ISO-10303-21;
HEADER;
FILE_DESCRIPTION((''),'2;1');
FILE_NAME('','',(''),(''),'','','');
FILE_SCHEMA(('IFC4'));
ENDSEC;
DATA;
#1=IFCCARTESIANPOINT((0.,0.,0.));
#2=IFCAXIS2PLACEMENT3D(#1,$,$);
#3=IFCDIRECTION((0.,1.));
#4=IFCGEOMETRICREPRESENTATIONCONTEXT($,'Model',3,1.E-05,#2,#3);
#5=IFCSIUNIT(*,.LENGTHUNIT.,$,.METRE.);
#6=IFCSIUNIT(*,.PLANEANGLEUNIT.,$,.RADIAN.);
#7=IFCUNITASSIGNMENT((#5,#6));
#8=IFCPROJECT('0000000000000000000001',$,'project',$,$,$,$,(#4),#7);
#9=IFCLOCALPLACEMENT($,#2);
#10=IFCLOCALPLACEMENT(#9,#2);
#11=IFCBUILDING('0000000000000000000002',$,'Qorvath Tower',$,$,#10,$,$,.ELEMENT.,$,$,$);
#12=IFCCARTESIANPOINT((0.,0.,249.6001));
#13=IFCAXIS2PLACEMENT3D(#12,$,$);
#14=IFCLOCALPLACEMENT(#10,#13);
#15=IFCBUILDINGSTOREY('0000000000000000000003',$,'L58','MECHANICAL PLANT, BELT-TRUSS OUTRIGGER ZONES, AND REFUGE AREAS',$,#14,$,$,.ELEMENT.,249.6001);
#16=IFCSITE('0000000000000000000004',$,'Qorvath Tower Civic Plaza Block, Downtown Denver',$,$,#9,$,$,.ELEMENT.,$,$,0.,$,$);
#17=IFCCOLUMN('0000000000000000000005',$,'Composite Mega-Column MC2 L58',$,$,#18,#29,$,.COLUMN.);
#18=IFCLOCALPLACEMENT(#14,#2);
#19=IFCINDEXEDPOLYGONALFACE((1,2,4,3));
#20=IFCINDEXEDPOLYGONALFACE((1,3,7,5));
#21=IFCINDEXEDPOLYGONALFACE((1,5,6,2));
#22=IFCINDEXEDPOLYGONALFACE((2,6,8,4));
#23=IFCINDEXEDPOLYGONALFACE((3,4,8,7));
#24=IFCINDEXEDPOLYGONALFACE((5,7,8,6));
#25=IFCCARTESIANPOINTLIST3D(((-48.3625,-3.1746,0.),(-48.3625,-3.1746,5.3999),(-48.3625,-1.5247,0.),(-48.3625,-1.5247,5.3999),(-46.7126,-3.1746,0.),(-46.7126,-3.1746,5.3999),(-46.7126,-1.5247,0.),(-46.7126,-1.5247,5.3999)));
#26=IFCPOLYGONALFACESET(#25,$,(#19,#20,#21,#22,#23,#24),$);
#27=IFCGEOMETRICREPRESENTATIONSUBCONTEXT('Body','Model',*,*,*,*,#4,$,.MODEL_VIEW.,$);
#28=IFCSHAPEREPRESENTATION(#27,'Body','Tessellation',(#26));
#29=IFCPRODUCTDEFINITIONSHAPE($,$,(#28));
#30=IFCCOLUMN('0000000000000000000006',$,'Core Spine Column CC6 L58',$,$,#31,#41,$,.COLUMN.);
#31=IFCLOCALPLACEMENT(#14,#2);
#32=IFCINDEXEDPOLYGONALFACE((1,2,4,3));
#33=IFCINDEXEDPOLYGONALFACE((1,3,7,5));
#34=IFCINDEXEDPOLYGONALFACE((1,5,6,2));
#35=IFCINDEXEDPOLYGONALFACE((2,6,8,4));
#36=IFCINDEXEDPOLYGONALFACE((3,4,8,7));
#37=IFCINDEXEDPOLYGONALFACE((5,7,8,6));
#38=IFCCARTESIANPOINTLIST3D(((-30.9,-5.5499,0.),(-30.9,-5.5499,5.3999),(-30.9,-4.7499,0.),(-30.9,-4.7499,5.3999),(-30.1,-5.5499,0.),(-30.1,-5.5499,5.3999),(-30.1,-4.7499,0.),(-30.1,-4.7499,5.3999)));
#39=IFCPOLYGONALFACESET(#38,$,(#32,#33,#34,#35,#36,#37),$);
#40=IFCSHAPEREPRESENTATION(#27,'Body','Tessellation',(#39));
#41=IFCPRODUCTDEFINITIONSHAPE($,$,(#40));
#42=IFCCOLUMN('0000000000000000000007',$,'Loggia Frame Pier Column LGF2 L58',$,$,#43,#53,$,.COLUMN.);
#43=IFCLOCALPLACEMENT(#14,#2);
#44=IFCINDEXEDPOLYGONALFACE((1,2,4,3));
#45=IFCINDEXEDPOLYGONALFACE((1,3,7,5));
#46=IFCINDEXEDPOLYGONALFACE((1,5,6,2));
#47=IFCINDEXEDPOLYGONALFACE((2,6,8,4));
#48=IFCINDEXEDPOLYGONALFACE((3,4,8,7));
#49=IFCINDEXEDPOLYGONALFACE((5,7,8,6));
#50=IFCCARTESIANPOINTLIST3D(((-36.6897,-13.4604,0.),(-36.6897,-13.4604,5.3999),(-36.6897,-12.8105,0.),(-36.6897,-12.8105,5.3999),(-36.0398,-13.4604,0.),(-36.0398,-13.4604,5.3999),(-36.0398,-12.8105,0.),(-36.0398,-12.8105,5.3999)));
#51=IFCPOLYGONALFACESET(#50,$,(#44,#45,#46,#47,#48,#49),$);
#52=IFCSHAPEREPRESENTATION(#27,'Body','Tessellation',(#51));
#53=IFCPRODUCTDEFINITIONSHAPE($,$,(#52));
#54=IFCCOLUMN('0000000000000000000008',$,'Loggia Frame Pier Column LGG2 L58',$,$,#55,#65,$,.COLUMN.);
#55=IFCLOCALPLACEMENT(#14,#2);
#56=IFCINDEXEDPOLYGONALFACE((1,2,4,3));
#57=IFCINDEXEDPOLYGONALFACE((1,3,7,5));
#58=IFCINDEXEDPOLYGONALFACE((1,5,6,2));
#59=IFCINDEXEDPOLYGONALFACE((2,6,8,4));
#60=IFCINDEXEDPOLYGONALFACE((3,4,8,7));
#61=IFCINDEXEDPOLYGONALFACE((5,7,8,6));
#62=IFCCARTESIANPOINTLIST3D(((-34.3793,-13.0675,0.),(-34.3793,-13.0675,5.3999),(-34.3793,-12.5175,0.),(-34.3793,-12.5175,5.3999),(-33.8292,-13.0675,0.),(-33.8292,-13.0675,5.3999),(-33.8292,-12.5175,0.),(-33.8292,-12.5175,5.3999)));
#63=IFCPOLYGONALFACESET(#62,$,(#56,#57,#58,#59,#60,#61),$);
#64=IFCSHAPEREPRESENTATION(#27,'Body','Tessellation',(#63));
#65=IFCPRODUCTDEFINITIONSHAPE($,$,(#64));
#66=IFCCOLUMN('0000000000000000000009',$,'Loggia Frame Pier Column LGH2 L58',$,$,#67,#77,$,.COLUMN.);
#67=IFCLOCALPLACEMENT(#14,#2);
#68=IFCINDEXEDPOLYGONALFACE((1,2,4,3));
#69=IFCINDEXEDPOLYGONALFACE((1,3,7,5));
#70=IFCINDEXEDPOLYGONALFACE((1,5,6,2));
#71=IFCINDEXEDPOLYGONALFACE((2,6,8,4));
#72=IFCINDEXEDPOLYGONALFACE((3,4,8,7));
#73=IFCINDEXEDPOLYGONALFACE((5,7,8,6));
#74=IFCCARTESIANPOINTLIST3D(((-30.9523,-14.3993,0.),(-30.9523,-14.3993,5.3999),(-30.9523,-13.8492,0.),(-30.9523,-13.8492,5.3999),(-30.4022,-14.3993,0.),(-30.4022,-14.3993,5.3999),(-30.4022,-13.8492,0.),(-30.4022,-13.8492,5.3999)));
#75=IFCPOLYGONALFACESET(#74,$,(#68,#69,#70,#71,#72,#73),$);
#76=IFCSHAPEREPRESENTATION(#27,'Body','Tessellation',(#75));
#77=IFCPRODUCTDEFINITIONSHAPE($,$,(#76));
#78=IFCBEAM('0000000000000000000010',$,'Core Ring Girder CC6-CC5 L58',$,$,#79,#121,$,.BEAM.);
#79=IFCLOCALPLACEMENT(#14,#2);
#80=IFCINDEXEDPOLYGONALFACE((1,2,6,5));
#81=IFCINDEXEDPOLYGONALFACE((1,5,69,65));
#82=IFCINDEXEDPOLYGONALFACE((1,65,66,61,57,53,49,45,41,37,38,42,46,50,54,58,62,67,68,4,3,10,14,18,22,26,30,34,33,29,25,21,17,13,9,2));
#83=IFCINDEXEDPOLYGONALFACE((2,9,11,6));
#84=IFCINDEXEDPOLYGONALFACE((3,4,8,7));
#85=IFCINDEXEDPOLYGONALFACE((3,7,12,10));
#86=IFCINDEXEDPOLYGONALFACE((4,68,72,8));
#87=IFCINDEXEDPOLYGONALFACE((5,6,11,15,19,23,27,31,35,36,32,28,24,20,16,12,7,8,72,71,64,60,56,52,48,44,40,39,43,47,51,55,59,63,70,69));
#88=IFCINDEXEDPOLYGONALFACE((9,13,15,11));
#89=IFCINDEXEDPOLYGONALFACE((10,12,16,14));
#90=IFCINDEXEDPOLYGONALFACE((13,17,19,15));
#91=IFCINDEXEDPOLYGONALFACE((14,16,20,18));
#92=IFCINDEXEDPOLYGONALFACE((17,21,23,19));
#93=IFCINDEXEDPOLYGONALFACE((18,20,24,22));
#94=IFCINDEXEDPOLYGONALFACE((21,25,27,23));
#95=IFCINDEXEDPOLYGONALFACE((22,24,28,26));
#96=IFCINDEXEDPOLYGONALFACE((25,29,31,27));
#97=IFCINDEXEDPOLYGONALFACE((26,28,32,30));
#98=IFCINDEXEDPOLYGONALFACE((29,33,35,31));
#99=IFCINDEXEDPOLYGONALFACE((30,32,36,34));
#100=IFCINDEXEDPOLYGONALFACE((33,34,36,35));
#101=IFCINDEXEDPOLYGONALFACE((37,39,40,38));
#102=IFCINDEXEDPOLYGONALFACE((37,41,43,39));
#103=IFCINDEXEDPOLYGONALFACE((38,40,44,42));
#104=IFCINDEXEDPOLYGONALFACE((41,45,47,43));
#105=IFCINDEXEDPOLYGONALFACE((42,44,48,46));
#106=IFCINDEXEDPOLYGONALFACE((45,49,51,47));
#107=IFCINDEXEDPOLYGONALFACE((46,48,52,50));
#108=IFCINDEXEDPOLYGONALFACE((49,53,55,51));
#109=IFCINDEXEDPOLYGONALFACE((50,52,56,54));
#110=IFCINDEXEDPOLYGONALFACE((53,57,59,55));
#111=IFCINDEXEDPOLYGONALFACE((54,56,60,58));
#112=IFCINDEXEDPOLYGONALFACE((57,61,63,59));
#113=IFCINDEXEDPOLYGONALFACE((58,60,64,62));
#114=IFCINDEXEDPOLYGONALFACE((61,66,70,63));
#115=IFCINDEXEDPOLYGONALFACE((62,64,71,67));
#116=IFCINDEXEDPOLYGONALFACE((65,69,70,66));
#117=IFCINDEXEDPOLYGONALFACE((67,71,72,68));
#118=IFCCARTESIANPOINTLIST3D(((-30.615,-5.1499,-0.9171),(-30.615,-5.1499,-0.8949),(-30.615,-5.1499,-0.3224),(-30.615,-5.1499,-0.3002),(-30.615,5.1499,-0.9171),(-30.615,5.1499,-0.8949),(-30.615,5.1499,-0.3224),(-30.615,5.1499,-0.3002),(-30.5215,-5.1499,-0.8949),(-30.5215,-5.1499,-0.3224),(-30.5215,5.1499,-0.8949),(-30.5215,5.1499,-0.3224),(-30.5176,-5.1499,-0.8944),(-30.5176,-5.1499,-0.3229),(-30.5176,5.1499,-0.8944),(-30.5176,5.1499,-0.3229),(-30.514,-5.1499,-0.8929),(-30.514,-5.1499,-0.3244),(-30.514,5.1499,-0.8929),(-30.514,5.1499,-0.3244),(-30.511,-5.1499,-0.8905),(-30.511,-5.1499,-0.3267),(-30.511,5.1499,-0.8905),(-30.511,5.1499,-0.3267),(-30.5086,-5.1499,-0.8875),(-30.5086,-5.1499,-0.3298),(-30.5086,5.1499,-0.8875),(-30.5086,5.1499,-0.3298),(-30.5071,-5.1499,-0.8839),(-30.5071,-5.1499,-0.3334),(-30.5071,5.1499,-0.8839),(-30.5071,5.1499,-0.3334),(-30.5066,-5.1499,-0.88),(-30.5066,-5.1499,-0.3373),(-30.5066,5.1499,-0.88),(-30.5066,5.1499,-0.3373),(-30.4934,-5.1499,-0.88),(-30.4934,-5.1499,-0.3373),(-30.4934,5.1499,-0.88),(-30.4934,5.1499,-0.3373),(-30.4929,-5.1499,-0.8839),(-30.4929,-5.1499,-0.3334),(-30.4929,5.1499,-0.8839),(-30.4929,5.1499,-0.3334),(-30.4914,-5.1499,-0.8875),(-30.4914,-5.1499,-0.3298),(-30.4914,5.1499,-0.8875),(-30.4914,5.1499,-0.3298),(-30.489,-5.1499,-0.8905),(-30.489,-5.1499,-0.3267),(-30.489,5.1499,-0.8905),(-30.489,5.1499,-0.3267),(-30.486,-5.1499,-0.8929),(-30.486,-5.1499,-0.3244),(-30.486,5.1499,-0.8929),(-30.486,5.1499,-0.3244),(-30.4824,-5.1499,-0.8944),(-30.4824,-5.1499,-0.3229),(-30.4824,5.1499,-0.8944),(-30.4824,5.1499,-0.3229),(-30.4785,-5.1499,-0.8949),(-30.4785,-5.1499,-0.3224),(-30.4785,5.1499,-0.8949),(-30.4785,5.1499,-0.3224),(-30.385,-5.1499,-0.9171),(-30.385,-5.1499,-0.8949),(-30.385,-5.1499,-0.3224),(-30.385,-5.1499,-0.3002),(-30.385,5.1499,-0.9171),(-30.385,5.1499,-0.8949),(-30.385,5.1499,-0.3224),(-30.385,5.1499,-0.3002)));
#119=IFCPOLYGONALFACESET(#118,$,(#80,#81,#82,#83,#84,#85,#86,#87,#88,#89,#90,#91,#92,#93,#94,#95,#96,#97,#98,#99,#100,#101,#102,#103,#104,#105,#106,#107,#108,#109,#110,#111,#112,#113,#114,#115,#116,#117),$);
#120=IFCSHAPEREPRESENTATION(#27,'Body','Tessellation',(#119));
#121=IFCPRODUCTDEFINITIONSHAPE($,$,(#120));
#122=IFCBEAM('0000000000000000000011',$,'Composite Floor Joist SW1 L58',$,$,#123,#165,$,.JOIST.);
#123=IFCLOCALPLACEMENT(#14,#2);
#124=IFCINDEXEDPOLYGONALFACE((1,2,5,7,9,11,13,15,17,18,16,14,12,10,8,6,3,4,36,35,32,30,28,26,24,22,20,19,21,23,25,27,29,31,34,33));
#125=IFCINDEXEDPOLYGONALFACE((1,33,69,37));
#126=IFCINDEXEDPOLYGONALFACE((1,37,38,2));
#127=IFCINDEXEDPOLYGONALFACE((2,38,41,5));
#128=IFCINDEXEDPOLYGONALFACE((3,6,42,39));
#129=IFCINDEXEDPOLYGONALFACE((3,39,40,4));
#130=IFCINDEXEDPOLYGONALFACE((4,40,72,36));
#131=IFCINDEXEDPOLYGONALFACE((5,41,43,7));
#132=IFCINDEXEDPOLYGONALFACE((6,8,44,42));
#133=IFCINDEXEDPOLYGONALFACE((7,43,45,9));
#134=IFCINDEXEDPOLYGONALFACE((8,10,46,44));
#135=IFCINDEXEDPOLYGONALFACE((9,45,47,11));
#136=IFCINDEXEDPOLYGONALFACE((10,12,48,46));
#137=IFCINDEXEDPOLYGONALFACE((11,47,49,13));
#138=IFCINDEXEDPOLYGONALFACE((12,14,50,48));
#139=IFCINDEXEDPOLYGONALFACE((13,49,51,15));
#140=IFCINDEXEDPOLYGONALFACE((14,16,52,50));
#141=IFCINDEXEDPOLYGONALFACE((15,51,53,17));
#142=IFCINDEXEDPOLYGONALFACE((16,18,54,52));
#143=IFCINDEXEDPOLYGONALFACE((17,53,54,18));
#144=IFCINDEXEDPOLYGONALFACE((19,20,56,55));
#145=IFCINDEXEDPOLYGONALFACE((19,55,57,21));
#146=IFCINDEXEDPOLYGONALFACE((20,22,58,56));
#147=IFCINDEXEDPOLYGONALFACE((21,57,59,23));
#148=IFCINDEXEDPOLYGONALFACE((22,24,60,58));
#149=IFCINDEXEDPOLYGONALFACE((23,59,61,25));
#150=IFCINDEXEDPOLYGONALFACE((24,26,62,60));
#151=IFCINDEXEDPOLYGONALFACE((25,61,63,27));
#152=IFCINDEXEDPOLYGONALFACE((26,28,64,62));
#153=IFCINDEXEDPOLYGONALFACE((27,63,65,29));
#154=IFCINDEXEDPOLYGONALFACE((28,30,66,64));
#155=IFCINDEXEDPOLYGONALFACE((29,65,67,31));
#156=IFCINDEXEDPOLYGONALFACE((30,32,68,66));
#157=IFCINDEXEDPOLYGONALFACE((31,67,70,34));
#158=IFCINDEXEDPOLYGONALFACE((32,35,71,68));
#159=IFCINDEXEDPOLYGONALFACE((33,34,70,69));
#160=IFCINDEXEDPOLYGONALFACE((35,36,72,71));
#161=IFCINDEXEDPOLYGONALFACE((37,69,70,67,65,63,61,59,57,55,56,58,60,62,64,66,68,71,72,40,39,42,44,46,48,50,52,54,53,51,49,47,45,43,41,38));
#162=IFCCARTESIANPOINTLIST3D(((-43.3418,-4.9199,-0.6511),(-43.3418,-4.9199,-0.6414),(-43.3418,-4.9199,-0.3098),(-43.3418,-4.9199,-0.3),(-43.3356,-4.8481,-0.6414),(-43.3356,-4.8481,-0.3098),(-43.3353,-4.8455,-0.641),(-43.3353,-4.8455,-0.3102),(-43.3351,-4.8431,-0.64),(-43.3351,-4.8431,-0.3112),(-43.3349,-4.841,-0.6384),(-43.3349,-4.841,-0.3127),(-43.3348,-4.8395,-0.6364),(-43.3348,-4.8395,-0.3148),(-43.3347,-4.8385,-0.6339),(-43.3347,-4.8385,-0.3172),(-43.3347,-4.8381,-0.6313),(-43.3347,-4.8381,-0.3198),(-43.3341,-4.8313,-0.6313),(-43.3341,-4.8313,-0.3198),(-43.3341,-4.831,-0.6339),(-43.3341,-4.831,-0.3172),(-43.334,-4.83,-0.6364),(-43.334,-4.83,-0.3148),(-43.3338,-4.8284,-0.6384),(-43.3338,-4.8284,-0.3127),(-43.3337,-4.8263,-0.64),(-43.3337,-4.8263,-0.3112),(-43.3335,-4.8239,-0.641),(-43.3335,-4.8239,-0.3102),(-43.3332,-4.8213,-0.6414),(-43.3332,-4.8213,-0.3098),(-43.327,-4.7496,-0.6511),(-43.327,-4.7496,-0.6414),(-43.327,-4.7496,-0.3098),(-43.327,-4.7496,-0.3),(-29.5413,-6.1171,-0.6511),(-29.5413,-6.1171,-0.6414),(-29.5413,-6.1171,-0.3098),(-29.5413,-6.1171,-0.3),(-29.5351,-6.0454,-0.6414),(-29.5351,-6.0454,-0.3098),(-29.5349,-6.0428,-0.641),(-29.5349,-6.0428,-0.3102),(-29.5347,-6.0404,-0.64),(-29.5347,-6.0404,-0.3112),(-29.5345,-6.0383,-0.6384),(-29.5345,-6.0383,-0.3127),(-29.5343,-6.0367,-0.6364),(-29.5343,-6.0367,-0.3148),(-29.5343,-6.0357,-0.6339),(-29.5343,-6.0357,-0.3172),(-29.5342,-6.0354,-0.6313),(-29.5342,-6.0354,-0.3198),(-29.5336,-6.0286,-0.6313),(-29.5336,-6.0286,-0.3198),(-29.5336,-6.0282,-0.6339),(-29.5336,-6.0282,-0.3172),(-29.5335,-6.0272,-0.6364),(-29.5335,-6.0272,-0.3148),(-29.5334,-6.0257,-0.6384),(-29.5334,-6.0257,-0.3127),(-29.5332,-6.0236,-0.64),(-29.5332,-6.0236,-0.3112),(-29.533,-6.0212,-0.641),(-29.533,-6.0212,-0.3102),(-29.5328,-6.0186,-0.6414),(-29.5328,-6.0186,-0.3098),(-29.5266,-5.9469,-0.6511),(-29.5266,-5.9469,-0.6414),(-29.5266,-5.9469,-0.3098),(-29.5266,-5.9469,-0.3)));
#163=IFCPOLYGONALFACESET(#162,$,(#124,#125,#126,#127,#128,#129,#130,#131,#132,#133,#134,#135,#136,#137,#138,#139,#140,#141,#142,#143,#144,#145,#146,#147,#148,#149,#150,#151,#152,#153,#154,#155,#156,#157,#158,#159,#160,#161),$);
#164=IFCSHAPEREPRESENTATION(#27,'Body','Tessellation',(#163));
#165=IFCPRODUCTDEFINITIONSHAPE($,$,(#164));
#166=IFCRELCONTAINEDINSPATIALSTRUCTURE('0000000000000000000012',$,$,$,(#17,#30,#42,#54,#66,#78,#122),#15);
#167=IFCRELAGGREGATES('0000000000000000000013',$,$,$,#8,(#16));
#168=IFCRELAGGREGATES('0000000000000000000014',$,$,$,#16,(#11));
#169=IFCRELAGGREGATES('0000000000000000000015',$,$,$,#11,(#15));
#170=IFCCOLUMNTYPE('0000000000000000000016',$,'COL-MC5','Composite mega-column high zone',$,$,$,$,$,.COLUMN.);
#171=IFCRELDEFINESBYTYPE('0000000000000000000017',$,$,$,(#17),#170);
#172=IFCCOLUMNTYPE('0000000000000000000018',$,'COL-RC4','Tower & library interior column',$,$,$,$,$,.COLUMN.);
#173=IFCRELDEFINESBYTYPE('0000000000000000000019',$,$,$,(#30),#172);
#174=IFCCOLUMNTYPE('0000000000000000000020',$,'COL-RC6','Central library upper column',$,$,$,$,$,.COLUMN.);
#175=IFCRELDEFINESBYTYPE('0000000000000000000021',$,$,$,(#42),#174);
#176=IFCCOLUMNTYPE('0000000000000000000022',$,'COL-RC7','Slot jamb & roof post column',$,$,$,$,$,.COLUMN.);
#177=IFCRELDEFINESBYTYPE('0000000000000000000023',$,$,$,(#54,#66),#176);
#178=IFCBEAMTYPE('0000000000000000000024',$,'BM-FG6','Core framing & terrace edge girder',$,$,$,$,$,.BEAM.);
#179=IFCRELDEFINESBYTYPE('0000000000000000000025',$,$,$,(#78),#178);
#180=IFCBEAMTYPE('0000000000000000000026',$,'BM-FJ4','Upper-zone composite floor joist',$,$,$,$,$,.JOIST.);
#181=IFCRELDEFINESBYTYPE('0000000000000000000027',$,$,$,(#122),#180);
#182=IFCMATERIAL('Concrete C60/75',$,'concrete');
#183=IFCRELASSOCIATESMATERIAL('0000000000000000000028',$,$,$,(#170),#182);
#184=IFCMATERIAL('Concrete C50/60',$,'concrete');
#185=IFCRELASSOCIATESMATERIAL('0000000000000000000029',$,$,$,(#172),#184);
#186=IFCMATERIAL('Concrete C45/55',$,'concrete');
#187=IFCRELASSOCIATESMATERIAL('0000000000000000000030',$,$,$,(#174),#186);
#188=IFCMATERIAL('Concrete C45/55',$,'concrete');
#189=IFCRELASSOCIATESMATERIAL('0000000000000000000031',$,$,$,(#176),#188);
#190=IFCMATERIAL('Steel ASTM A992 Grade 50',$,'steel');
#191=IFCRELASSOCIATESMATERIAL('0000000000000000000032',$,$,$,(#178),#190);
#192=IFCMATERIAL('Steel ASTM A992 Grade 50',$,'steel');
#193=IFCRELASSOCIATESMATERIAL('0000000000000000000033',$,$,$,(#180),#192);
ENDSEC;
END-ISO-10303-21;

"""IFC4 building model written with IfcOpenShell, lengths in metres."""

from ifc_helpers import new_model, si_unit, direction, frame, origin, origin_2d, place, context, subcontext, project, spatial, rectangle, i_section, extrude, material, material_profile, profile_set, type_object, element, save


model = new_model("IFC4")

# Units and contexts
model_context = context("Model", 3, precision=1e-05, world=origin(), true_north=direction((0.0, 1.0)))
body_context = subcontext(model_context, "Body", "Model", "MODEL_VIEW")
ifc_project = project(units=[si_unit("LENGTHUNIT", "METRE"), si_unit("PLANEANGLEUNIT", "RADIAN")], contexts=[model_context])

# Site, building, storey
site_placement = place(None, origin())
site = spatial("IfcSite", under=ifc_project, at=site_placement, Name="Qorvath Tower Civic Plaza Block, Downtown Denver", CompositionType="ELEMENT", RefElevation=0.0)
building_placement = place(site_placement, origin())
building = spatial("IfcBuilding", under=site, at=building_placement, Name="Qorvath Tower", CompositionType="ELEMENT")
storey_placement = place(building_placement, frame((0.0, 0.0, 249.6001)))
storey = spatial("IfcBuildingStorey", under=building, at=storey_placement, Name="L58", Description="MECHANICAL PLANT, BELT-TRUSS OUTRIGGER ZONES, AND REFUGE AREAS", CompositionType="ELEMENT", Elevation=249.6001)

# Columns
ifc_material_1 = material(Name="Concrete C60/75", Category="concrete")
ifc_material_profile_1 = material_profile(ifc_material_1, rectangle(XDim=1.6499, YDim=1.6499, at=origin_2d()), Name="MC 1650x1650")
ifc_profile_set_1 = profile_set([ifc_material_profile_1], Name="Concrete C60/75")
column_type_1 = type_object("IfcColumnType", Name="COL-MC5", Description="Composite mega-column high zone", PredefinedType="COLUMN", material=ifc_profile_set_1)
column_1_placement = place(storey_placement, frame((-47.5376, -2.3496, 0.0), z_axis=(0.0, 0.0, 1.0), x_axis=(1.0, 0.0, 0.0)))
element("IfcColumn", 1, at=column_1_placement, inside=storey, type_object=column_type_1, Name="Composite Mega-Column MC2 L58", PredefinedType="COLUMN", context=body_context, shape_type="SweptSolid", body=[
    extrude(rectangle(XDim=1.6499, YDim=1.6499, at=origin_2d()), origin(), (0.0, 0.0, 1.0), 5.3999),
])
ifc_material_2 = material(Name="Concrete C50/60", Category="concrete")
ifc_material_profile_2 = material_profile(ifc_material_2, rectangle(XDim=0.8, YDim=0.8, at=origin_2d()), Name="RC 800x800")
ifc_profile_set_2 = profile_set([ifc_material_profile_2], Name="Concrete C50/60")
column_type_2 = type_object("IfcColumnType", Name="COL-RC4", Description="Tower & library interior column", PredefinedType="COLUMN", material=ifc_profile_set_2)
column_2_placement = place(storey_placement, frame((-30.5, -5.1499, 0.0), z_axis=(0.0, 0.0, 1.0), x_axis=(1.0, 0.0, 0.0)))
element("IfcColumn", 2, at=column_2_placement, inside=storey, type_object=column_type_2, Name="Core Spine Column CC6 L58", PredefinedType="COLUMN", context=body_context, shape_type="SweptSolid", body=[
    extrude(rectangle(XDim=0.8, YDim=0.8, at=origin_2d()), origin(), (0.0, 0.0, 1.0), 5.3999),
])
ifc_material_3 = material(Name="Concrete C45/55", Category="concrete")
ifc_material_profile_3 = material_profile(ifc_material_3, rectangle(XDim=0.6499, YDim=0.6499, at=origin_2d()), Name="RC 650x650")
ifc_profile_set_3 = profile_set([ifc_material_profile_3], Name="Concrete C45/55")
column_type_3 = type_object("IfcColumnType", Name="COL-RC6", Description="Central library upper column", PredefinedType="COLUMN", material=ifc_profile_set_3)
column_3_placement = place(storey_placement, frame((-36.3647, -13.1355, 0.0), z_axis=(0.0, 0.0, 1.0), x_axis=(1.0, 0.0, 0.0)))
element("IfcColumn", 3, at=column_3_placement, inside=storey, type_object=column_type_3, Name="Loggia Frame Pier Column LGF2 L58", PredefinedType="COLUMN", context=body_context, shape_type="SweptSolid", body=[
    extrude(rectangle(XDim=0.6499, YDim=0.6499, at=origin_2d()), origin(), (0.0, 0.0, 1.0), 5.3999),
])
ifc_material_4 = material(Name="Concrete C45/55", Category="concrete")
ifc_material_profile_4 = material_profile(ifc_material_4, rectangle(XDim=0.55, YDim=0.55, at=origin_2d()), Name="RC 550x550")
ifc_profile_set_4 = profile_set([ifc_material_profile_4], Name="Concrete C45/55")
column_type_4 = type_object("IfcColumnType", Name="COL-RC7", Description="Slot jamb & roof post column", PredefinedType="COLUMN", material=ifc_profile_set_4)
for number, where, z_axis, x_axis, name in (
    (4, (-34.1042, -12.7925, 0.0), (0.0, 0.0, 1.0), (1.0, 0.0, 0.0), "Loggia Frame Pier Column LGG2 L58"),
    (5, (-30.6772, -14.1243, 0.0), (0.0, 0.0, 1.0), (1.0, 0.0, 0.0), "Loggia Frame Pier Column LGH2 L58"),
):
    element("IfcColumn", number, at=place(storey_placement, frame(where, z_axis=z_axis, x_axis=x_axis)), inside=storey, type_object=column_type_4, Name=name, PredefinedType="COLUMN", context=body_context, shape_type="SweptSolid", body=[
        extrude(rectangle(XDim=0.55, YDim=0.55, at=origin_2d()), origin(), (0.0, 0.0, 1.0), 5.3999),
    ])

# Beams
ifc_material_5 = material(Name="Steel ASTM A992 Grade 50", Category="steel")
ifc_material_profile_5 = material_profile(ifc_material_5, i_section(OverallWidth=0.23, OverallDepth=0.6169, WebThickness=0.0132, FlangeThickness=0.0222, FilletRadius=0.0149, at=origin_2d()), Name="W24x94")
ifc_profile_set_5 = profile_set([ifc_material_profile_5], Name="Steel ASTM A992 Grade 50")
beam_type_1 = type_object("IfcBeamType", Name="BM-FG6", Description="Core framing & terrace edge girder", PredefinedType="BEAM", material=ifc_profile_set_5)
beam_1_placement = place(storey_placement, frame((-30.5, -5.1499, -0.6086), z_axis=(0.0, 1.0, 0.0), x_axis=(-1.0, 0.0, 0.0)))
element("IfcBeam", 6, at=beam_1_placement, inside=storey, type_object=beam_type_1, Name="Core Ring Girder CC6-CC5 L58", PredefinedType="BEAM", context=body_context, shape_type="SweptSolid", body=[
    extrude(i_section(OverallWidth=0.23, OverallDepth=0.6169, WebThickness=0.0132, FlangeThickness=0.0222, FilletRadius=0.0149, at=origin_2d()), origin(), (0.0, 0.0, 1.0), 10.2998),
])
ifc_material_6 = material(Name="Steel ASTM A992 Grade 50", Category="steel")
ifc_material_profile_6 = material_profile(ifc_material_6, i_section(OverallWidth=0.1709, OverallDepth=0.3511, WebThickness=0.0068, FlangeThickness=0.0098, FilletRadius=0.01, at=origin_2d()), Name="W14x30")
ifc_profile_set_6 = profile_set([ifc_material_profile_6], Name="Steel ASTM A992 Grade 50")
beam_type_2 = type_object("IfcBeamType", Name="BM-FJ4", Description="Upper-zone composite floor joist", PredefinedType="JOIST", material=ifc_profile_set_6)
beam_2_placement = place(storey_placement, frame((-29.5339, -6.032, -0.4756), z_axis=(-0.996258, 0.08643, 0.0), x_axis=(-0.08643, -0.996258, 0.0)))
element("IfcBeam", 7, at=beam_2_placement, inside=storey, type_object=beam_type_2, Name="Composite Floor Joist SW1 L58", PredefinedType="JOIST", context=body_context, shape_type="SweptSolid", body=[
    extrude(i_section(OverallWidth=0.1709, OverallDepth=0.3511, WebThickness=0.0068, FlangeThickness=0.0098, FilletRadius=0.01, at=origin_2d()), origin(), (0.0, 0.0, 1.0), 13.8523),
])

save(model, "model.ifc")
